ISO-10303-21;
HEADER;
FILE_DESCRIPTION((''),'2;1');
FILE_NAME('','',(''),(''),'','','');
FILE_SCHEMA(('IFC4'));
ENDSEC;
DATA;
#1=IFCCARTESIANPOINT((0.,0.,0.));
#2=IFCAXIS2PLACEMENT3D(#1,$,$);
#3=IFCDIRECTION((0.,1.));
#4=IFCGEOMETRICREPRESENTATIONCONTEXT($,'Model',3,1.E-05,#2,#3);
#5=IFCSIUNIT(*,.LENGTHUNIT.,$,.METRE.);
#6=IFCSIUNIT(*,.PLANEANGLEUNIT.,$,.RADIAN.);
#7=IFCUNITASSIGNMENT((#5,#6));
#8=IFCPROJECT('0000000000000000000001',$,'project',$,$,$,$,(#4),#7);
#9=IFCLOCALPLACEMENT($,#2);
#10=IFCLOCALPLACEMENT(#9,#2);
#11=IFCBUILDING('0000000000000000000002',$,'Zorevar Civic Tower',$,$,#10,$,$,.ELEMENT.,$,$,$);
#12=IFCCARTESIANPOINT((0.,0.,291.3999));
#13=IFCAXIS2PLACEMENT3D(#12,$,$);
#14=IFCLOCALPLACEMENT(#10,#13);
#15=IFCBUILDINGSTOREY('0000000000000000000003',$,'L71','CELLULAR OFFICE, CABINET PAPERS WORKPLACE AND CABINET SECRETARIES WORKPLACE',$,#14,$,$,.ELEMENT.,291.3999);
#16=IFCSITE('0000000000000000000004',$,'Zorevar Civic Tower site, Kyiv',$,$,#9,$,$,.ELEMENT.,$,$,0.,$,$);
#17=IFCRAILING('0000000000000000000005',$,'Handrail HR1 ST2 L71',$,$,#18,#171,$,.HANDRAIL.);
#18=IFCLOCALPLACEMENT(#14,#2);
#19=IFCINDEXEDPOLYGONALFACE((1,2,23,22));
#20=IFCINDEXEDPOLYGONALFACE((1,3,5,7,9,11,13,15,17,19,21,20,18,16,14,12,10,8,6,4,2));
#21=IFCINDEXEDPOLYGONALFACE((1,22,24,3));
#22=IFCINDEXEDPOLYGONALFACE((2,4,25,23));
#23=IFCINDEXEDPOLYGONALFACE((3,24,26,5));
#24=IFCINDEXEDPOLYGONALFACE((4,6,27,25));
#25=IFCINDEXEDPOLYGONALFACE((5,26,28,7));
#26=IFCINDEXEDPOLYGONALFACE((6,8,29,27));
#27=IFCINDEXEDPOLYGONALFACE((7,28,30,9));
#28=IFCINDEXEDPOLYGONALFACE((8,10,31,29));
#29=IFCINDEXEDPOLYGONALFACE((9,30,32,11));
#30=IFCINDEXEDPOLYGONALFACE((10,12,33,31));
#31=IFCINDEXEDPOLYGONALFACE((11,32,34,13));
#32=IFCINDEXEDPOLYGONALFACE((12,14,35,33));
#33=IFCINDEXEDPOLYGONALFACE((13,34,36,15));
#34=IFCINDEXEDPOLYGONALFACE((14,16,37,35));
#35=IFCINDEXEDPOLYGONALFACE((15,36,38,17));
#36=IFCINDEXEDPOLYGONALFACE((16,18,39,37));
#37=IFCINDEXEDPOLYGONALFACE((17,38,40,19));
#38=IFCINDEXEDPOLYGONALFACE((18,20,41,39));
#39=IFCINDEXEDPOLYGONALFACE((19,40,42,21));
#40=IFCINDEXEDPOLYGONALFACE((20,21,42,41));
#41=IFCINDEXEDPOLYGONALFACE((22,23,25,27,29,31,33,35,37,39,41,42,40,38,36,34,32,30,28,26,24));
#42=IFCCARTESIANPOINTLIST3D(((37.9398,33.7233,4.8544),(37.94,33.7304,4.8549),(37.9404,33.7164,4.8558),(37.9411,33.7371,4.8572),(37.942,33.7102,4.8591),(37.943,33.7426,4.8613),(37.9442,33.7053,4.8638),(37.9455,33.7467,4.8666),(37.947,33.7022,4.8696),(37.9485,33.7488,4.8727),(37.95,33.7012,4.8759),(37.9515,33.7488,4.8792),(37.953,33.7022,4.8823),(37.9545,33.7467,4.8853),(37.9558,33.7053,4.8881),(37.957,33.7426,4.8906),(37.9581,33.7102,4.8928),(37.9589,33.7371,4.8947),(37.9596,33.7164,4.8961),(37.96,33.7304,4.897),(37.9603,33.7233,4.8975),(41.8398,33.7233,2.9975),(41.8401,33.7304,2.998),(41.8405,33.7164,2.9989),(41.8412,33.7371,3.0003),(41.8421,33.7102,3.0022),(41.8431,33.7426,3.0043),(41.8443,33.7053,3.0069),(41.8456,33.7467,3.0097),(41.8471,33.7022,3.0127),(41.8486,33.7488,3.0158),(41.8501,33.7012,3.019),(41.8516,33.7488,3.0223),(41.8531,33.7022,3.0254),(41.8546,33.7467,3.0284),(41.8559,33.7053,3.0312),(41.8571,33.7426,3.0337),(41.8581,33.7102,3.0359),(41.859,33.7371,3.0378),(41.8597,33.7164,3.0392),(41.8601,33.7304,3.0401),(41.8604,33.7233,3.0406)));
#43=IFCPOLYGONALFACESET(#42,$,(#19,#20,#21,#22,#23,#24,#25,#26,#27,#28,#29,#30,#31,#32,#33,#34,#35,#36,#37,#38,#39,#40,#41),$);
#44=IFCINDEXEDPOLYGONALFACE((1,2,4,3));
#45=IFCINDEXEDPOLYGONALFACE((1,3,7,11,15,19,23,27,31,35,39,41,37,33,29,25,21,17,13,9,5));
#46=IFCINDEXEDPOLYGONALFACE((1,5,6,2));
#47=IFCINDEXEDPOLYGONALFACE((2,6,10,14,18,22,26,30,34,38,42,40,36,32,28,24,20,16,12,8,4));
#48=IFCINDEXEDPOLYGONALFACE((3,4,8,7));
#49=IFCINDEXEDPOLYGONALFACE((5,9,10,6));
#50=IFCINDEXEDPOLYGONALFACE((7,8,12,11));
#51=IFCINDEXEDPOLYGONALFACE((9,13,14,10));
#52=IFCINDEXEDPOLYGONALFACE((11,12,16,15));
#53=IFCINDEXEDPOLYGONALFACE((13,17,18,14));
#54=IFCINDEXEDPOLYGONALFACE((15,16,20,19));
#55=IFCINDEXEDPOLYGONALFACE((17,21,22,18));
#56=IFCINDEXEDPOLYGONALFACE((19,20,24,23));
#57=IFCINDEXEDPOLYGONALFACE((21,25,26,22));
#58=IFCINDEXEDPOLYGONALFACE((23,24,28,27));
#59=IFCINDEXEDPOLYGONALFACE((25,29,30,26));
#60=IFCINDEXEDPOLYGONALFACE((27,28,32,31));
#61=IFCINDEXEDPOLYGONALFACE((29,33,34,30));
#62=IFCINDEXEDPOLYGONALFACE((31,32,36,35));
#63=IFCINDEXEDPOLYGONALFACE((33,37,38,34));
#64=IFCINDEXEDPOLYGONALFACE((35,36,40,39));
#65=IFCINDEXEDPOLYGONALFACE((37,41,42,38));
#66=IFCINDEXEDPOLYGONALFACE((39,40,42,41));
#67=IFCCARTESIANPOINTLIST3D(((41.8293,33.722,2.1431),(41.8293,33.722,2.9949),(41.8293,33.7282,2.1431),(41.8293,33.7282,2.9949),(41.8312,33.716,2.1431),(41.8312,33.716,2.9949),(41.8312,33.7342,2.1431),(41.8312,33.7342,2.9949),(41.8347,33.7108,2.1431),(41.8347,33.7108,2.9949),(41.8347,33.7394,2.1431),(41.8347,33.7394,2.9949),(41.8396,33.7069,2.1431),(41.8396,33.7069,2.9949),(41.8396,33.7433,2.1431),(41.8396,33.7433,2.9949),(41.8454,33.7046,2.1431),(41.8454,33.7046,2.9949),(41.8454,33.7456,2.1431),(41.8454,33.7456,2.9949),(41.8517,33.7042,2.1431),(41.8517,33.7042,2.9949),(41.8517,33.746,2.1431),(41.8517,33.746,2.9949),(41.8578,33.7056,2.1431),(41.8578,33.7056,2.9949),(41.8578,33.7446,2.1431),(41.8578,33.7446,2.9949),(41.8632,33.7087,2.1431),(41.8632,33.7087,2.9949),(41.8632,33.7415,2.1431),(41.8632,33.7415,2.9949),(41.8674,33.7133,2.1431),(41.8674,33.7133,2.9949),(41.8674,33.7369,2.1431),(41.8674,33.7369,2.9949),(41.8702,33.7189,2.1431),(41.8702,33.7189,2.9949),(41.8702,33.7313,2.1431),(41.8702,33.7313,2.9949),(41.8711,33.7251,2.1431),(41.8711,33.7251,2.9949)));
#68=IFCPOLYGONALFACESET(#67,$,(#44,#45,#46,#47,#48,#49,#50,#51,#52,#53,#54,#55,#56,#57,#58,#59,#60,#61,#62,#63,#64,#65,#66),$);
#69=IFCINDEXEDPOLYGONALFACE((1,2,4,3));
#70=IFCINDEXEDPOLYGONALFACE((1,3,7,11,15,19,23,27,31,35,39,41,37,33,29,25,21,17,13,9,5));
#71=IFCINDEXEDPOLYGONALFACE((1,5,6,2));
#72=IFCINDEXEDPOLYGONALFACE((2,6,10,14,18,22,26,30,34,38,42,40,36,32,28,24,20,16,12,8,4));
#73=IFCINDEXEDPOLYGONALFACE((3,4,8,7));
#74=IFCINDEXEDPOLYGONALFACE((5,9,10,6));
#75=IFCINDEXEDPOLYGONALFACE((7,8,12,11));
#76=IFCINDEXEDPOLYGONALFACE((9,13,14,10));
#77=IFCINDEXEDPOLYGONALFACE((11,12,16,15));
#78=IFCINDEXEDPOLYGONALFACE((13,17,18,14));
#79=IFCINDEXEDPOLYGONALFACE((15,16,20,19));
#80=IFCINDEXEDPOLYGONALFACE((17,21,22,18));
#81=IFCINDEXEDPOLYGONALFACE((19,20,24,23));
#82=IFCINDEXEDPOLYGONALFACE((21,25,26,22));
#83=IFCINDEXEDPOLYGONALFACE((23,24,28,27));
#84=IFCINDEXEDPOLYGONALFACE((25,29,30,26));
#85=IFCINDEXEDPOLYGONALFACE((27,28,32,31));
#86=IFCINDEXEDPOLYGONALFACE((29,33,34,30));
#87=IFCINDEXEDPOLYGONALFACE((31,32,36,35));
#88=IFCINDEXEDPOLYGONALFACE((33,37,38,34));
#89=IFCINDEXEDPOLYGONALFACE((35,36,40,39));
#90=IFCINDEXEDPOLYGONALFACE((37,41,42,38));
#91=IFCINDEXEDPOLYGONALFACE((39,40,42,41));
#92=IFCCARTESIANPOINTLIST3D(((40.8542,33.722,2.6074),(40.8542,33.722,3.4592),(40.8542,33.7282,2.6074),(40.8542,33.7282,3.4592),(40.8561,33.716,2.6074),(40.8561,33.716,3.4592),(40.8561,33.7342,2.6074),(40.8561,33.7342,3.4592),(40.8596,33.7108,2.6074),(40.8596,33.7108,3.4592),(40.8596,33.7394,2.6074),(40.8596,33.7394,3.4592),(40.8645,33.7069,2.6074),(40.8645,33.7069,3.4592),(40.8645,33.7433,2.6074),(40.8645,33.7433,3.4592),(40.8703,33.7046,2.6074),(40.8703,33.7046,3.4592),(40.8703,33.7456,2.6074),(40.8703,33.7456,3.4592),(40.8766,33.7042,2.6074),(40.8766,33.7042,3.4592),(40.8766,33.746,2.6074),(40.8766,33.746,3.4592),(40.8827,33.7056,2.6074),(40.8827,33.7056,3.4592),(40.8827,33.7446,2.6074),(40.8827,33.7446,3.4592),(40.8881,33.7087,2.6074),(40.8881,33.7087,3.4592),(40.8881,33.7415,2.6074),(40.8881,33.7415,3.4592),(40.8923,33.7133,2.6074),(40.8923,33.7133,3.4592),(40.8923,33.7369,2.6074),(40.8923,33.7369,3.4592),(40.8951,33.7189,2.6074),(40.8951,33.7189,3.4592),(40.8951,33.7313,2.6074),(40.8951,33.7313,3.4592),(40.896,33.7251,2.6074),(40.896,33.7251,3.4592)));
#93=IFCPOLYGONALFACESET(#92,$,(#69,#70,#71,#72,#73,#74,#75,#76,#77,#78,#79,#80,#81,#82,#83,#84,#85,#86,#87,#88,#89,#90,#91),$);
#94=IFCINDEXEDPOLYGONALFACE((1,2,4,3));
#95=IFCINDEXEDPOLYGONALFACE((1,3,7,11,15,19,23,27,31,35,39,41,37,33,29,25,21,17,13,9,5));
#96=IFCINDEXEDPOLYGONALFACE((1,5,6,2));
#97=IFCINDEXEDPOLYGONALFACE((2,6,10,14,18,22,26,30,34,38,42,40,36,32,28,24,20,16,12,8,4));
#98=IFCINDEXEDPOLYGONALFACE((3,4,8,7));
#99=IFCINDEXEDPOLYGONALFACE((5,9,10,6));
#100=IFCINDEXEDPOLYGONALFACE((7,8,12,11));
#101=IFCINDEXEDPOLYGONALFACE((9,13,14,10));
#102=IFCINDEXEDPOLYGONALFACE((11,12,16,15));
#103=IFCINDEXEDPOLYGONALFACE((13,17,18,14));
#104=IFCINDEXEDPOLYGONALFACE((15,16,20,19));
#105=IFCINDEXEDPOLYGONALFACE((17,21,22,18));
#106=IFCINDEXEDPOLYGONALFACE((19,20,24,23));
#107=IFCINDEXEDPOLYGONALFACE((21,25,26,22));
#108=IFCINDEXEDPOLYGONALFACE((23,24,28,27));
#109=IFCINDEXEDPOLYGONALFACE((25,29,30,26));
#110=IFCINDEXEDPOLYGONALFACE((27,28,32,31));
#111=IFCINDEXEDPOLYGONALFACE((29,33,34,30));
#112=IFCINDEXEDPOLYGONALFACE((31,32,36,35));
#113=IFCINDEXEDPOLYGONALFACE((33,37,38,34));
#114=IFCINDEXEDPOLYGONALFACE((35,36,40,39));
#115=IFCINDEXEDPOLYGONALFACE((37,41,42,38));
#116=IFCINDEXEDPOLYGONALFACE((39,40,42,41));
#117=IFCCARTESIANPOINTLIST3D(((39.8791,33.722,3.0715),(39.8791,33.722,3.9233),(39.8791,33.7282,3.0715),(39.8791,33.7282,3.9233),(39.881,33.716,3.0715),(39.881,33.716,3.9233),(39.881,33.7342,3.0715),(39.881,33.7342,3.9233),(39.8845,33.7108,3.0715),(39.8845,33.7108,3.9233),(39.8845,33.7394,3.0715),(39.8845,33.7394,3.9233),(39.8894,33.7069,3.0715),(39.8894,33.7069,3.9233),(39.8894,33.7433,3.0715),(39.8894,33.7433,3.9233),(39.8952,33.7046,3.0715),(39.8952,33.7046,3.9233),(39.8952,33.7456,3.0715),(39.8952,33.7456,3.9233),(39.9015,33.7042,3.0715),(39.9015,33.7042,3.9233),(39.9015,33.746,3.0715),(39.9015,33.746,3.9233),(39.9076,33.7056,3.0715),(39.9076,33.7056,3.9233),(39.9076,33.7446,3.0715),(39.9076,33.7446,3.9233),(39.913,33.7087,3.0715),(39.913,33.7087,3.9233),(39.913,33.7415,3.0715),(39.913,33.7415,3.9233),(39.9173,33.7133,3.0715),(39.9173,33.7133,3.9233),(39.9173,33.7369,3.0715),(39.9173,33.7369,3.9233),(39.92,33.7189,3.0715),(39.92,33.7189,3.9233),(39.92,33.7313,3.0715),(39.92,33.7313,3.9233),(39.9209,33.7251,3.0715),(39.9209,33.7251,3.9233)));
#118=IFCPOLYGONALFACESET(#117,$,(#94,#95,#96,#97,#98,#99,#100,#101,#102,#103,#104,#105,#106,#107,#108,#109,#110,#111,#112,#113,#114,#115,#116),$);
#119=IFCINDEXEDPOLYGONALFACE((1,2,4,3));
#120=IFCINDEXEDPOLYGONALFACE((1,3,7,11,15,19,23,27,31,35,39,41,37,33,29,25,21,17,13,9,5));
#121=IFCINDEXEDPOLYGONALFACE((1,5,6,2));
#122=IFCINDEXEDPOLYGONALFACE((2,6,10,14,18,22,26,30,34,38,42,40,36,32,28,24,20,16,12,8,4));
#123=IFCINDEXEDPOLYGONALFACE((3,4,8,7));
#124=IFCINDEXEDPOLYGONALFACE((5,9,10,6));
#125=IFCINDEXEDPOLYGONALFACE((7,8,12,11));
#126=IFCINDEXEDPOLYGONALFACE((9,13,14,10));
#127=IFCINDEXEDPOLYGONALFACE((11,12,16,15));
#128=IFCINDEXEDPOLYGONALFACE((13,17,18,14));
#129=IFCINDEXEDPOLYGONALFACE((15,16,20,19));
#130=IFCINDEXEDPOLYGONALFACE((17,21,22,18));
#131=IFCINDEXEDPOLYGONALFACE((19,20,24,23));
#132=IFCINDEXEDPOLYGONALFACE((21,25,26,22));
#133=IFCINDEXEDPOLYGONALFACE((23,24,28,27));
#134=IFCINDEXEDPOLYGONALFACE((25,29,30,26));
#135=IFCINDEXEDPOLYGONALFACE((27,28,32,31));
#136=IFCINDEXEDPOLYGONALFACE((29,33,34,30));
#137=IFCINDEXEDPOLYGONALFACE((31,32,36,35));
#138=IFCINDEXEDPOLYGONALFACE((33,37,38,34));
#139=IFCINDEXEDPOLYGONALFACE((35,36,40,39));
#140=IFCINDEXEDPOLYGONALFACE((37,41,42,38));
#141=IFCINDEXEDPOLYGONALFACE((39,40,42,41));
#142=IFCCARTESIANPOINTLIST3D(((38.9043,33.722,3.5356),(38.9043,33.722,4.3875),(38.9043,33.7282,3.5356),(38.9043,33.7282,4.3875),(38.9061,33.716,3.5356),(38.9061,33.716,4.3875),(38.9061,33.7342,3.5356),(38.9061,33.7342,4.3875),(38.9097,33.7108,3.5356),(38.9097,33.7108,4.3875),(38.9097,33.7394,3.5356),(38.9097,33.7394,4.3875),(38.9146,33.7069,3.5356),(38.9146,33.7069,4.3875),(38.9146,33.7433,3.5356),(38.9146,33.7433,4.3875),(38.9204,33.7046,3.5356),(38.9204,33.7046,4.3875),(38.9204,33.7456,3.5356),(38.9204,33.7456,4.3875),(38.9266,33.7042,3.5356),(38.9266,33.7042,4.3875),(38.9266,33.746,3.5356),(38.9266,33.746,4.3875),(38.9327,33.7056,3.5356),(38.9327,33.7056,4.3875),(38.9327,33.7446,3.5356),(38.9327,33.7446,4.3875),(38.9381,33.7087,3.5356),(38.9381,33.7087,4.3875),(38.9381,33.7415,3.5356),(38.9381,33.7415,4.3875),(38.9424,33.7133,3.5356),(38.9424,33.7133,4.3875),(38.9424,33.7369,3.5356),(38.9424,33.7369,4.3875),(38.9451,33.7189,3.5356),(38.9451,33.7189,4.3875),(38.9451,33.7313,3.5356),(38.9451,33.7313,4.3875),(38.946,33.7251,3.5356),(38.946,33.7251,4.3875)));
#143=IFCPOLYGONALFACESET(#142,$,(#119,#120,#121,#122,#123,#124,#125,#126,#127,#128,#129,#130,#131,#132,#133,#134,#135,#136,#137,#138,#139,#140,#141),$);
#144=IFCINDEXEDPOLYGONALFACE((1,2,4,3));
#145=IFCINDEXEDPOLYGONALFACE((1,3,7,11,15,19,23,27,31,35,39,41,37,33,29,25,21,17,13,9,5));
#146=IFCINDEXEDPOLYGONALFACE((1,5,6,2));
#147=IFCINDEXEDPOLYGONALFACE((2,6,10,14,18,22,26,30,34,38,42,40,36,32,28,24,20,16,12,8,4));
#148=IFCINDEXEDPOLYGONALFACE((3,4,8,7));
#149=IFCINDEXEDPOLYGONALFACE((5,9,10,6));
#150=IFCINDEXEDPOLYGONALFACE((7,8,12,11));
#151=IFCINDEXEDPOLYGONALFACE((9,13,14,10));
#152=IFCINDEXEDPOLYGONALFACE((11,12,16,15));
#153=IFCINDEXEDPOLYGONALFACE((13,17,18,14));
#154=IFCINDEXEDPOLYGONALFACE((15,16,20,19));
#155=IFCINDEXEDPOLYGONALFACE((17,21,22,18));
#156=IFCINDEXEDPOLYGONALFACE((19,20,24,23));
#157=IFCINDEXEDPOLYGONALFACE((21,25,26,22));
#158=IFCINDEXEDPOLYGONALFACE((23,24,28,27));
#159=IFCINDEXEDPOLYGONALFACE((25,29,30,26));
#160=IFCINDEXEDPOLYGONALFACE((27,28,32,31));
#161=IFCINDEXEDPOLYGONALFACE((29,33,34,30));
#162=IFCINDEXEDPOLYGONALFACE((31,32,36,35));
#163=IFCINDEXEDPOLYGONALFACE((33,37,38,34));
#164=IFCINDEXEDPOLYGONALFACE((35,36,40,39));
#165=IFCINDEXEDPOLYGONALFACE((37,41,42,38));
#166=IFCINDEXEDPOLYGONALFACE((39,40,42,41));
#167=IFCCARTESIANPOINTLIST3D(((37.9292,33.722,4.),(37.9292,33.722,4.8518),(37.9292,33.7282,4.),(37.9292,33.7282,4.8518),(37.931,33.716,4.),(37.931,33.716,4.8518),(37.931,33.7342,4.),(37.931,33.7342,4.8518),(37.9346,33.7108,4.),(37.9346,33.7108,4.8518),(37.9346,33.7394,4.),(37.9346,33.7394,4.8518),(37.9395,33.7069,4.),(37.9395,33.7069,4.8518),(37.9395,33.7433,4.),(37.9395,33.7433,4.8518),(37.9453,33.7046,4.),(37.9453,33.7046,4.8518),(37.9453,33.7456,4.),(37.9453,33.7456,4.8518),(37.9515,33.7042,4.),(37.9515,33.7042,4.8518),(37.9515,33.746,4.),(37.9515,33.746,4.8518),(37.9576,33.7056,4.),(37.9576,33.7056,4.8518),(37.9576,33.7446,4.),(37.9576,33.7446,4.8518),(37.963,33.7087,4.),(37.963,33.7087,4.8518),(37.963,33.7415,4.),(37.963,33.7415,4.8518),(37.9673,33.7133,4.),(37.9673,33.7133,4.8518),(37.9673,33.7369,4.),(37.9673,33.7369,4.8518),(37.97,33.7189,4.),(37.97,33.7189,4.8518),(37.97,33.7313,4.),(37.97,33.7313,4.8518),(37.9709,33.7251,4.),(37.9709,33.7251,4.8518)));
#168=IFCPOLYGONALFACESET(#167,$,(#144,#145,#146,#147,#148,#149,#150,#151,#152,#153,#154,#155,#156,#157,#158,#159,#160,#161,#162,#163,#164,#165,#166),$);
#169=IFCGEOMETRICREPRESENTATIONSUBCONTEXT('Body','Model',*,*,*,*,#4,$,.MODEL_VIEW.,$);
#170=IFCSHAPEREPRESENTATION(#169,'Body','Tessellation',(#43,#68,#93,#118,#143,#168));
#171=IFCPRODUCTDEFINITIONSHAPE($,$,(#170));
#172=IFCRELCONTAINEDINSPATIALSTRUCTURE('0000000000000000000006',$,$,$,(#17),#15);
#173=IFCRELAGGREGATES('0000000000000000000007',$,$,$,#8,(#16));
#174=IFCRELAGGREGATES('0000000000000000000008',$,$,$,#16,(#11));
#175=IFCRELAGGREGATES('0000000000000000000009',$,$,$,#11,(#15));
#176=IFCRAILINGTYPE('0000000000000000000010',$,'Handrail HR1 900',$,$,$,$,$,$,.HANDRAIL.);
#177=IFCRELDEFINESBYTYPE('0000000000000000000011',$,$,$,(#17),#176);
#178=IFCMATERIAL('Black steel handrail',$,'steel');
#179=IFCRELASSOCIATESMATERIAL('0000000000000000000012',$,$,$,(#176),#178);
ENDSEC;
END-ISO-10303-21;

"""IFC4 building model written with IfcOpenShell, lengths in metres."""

from ifc_helpers import new_model, si_unit, direction, frame, origin, origin_2d, place, context, subcontext, project, spatial, circle, extrude, material, type_object, element, save


model = new_model("IFC4")

# Units and contexts
model_context = context("Model", 3, precision=1e-05, world=origin(), true_north=direction((0.0, 1.0)))
body_context = subcontext(model_context, "Body", "Model", "MODEL_VIEW")
ifc_project = project(units=[si_unit("LENGTHUNIT", "METRE"), si_unit("PLANEANGLEUNIT", "RADIAN")], contexts=[model_context])

# Site, building, storey
site_placement = place(None, origin())
site = spatial("IfcSite", under=ifc_project, at=site_placement, Name="Zorevar Civic Tower site, Kyiv", CompositionType="ELEMENT", RefElevation=0.0)
building_placement = place(site_placement, origin())
building = spatial("IfcBuilding", under=site, at=building_placement, Name="Zorevar Civic Tower", CompositionType="ELEMENT")
storey_placement = place(building_placement, frame((0.0, 0.0, 291.3999)))
storey = spatial("IfcBuildingStorey", under=building, at=storey_placement, Name="L71", Description="CELLULAR OFFICE, CABINET PAPERS WORKPLACE AND CABINET SECRETARIES WORKPLACE", CompositionType="ELEMENT", Elevation=291.3999)

# Railing
ifc_material_1 = material(Name="Black steel handrail", Category="steel")
railing_type = type_object("IfcRailingType", Name="Handrail HR1 900", PredefinedType="HANDRAIL", material=ifc_material_1)
railing_1_placement = place(storey_placement, frame((41.8501, 33.7251, 2.1431)))
element("IfcRailing", 1, at=railing_1_placement, inside=storey, type_object=railing_type, Name="Handrail HR1 ST2 L71", PredefinedType="HANDRAIL", context=body_context, shape_type="SweptSolid", body=[
    extrude(circle(Radius=0.0239, at=origin_2d()), frame((0.0, 0.0, 0.876), z_axis=(-0.902886, 0.0, 0.429881), x_axis=(0.0, -1.0, 0.0)), (0.0, 0.0, 1.0), 4.3196),
    extrude(circle(Radius=0.021, at=origin_2d()), origin(), (0.0, 0.0, 1.0), 0.8518),
    extrude(circle(Radius=0.021, at=origin_2d()), frame((-0.9751, 0.0, 0.4644)), (0.0, 0.0, 1.0), 0.8518),
    extrude(circle(Radius=0.021, at=origin_2d()), frame((-1.9502, 0.0, 0.9285)), (0.0, 0.0, 1.0), 0.8518),
    extrude(circle(Radius=0.021, at=origin_2d()), frame((-2.925, 0.0, 1.3926)), (0.0, 0.0, 1.0), 0.8518),
    extrude(circle(Radius=0.021, at=origin_2d()), frame((-3.9001, 0.0, 1.8569)), (0.0, 0.0, 1.0), 0.8518),
])

save(model, "model.ifc")
